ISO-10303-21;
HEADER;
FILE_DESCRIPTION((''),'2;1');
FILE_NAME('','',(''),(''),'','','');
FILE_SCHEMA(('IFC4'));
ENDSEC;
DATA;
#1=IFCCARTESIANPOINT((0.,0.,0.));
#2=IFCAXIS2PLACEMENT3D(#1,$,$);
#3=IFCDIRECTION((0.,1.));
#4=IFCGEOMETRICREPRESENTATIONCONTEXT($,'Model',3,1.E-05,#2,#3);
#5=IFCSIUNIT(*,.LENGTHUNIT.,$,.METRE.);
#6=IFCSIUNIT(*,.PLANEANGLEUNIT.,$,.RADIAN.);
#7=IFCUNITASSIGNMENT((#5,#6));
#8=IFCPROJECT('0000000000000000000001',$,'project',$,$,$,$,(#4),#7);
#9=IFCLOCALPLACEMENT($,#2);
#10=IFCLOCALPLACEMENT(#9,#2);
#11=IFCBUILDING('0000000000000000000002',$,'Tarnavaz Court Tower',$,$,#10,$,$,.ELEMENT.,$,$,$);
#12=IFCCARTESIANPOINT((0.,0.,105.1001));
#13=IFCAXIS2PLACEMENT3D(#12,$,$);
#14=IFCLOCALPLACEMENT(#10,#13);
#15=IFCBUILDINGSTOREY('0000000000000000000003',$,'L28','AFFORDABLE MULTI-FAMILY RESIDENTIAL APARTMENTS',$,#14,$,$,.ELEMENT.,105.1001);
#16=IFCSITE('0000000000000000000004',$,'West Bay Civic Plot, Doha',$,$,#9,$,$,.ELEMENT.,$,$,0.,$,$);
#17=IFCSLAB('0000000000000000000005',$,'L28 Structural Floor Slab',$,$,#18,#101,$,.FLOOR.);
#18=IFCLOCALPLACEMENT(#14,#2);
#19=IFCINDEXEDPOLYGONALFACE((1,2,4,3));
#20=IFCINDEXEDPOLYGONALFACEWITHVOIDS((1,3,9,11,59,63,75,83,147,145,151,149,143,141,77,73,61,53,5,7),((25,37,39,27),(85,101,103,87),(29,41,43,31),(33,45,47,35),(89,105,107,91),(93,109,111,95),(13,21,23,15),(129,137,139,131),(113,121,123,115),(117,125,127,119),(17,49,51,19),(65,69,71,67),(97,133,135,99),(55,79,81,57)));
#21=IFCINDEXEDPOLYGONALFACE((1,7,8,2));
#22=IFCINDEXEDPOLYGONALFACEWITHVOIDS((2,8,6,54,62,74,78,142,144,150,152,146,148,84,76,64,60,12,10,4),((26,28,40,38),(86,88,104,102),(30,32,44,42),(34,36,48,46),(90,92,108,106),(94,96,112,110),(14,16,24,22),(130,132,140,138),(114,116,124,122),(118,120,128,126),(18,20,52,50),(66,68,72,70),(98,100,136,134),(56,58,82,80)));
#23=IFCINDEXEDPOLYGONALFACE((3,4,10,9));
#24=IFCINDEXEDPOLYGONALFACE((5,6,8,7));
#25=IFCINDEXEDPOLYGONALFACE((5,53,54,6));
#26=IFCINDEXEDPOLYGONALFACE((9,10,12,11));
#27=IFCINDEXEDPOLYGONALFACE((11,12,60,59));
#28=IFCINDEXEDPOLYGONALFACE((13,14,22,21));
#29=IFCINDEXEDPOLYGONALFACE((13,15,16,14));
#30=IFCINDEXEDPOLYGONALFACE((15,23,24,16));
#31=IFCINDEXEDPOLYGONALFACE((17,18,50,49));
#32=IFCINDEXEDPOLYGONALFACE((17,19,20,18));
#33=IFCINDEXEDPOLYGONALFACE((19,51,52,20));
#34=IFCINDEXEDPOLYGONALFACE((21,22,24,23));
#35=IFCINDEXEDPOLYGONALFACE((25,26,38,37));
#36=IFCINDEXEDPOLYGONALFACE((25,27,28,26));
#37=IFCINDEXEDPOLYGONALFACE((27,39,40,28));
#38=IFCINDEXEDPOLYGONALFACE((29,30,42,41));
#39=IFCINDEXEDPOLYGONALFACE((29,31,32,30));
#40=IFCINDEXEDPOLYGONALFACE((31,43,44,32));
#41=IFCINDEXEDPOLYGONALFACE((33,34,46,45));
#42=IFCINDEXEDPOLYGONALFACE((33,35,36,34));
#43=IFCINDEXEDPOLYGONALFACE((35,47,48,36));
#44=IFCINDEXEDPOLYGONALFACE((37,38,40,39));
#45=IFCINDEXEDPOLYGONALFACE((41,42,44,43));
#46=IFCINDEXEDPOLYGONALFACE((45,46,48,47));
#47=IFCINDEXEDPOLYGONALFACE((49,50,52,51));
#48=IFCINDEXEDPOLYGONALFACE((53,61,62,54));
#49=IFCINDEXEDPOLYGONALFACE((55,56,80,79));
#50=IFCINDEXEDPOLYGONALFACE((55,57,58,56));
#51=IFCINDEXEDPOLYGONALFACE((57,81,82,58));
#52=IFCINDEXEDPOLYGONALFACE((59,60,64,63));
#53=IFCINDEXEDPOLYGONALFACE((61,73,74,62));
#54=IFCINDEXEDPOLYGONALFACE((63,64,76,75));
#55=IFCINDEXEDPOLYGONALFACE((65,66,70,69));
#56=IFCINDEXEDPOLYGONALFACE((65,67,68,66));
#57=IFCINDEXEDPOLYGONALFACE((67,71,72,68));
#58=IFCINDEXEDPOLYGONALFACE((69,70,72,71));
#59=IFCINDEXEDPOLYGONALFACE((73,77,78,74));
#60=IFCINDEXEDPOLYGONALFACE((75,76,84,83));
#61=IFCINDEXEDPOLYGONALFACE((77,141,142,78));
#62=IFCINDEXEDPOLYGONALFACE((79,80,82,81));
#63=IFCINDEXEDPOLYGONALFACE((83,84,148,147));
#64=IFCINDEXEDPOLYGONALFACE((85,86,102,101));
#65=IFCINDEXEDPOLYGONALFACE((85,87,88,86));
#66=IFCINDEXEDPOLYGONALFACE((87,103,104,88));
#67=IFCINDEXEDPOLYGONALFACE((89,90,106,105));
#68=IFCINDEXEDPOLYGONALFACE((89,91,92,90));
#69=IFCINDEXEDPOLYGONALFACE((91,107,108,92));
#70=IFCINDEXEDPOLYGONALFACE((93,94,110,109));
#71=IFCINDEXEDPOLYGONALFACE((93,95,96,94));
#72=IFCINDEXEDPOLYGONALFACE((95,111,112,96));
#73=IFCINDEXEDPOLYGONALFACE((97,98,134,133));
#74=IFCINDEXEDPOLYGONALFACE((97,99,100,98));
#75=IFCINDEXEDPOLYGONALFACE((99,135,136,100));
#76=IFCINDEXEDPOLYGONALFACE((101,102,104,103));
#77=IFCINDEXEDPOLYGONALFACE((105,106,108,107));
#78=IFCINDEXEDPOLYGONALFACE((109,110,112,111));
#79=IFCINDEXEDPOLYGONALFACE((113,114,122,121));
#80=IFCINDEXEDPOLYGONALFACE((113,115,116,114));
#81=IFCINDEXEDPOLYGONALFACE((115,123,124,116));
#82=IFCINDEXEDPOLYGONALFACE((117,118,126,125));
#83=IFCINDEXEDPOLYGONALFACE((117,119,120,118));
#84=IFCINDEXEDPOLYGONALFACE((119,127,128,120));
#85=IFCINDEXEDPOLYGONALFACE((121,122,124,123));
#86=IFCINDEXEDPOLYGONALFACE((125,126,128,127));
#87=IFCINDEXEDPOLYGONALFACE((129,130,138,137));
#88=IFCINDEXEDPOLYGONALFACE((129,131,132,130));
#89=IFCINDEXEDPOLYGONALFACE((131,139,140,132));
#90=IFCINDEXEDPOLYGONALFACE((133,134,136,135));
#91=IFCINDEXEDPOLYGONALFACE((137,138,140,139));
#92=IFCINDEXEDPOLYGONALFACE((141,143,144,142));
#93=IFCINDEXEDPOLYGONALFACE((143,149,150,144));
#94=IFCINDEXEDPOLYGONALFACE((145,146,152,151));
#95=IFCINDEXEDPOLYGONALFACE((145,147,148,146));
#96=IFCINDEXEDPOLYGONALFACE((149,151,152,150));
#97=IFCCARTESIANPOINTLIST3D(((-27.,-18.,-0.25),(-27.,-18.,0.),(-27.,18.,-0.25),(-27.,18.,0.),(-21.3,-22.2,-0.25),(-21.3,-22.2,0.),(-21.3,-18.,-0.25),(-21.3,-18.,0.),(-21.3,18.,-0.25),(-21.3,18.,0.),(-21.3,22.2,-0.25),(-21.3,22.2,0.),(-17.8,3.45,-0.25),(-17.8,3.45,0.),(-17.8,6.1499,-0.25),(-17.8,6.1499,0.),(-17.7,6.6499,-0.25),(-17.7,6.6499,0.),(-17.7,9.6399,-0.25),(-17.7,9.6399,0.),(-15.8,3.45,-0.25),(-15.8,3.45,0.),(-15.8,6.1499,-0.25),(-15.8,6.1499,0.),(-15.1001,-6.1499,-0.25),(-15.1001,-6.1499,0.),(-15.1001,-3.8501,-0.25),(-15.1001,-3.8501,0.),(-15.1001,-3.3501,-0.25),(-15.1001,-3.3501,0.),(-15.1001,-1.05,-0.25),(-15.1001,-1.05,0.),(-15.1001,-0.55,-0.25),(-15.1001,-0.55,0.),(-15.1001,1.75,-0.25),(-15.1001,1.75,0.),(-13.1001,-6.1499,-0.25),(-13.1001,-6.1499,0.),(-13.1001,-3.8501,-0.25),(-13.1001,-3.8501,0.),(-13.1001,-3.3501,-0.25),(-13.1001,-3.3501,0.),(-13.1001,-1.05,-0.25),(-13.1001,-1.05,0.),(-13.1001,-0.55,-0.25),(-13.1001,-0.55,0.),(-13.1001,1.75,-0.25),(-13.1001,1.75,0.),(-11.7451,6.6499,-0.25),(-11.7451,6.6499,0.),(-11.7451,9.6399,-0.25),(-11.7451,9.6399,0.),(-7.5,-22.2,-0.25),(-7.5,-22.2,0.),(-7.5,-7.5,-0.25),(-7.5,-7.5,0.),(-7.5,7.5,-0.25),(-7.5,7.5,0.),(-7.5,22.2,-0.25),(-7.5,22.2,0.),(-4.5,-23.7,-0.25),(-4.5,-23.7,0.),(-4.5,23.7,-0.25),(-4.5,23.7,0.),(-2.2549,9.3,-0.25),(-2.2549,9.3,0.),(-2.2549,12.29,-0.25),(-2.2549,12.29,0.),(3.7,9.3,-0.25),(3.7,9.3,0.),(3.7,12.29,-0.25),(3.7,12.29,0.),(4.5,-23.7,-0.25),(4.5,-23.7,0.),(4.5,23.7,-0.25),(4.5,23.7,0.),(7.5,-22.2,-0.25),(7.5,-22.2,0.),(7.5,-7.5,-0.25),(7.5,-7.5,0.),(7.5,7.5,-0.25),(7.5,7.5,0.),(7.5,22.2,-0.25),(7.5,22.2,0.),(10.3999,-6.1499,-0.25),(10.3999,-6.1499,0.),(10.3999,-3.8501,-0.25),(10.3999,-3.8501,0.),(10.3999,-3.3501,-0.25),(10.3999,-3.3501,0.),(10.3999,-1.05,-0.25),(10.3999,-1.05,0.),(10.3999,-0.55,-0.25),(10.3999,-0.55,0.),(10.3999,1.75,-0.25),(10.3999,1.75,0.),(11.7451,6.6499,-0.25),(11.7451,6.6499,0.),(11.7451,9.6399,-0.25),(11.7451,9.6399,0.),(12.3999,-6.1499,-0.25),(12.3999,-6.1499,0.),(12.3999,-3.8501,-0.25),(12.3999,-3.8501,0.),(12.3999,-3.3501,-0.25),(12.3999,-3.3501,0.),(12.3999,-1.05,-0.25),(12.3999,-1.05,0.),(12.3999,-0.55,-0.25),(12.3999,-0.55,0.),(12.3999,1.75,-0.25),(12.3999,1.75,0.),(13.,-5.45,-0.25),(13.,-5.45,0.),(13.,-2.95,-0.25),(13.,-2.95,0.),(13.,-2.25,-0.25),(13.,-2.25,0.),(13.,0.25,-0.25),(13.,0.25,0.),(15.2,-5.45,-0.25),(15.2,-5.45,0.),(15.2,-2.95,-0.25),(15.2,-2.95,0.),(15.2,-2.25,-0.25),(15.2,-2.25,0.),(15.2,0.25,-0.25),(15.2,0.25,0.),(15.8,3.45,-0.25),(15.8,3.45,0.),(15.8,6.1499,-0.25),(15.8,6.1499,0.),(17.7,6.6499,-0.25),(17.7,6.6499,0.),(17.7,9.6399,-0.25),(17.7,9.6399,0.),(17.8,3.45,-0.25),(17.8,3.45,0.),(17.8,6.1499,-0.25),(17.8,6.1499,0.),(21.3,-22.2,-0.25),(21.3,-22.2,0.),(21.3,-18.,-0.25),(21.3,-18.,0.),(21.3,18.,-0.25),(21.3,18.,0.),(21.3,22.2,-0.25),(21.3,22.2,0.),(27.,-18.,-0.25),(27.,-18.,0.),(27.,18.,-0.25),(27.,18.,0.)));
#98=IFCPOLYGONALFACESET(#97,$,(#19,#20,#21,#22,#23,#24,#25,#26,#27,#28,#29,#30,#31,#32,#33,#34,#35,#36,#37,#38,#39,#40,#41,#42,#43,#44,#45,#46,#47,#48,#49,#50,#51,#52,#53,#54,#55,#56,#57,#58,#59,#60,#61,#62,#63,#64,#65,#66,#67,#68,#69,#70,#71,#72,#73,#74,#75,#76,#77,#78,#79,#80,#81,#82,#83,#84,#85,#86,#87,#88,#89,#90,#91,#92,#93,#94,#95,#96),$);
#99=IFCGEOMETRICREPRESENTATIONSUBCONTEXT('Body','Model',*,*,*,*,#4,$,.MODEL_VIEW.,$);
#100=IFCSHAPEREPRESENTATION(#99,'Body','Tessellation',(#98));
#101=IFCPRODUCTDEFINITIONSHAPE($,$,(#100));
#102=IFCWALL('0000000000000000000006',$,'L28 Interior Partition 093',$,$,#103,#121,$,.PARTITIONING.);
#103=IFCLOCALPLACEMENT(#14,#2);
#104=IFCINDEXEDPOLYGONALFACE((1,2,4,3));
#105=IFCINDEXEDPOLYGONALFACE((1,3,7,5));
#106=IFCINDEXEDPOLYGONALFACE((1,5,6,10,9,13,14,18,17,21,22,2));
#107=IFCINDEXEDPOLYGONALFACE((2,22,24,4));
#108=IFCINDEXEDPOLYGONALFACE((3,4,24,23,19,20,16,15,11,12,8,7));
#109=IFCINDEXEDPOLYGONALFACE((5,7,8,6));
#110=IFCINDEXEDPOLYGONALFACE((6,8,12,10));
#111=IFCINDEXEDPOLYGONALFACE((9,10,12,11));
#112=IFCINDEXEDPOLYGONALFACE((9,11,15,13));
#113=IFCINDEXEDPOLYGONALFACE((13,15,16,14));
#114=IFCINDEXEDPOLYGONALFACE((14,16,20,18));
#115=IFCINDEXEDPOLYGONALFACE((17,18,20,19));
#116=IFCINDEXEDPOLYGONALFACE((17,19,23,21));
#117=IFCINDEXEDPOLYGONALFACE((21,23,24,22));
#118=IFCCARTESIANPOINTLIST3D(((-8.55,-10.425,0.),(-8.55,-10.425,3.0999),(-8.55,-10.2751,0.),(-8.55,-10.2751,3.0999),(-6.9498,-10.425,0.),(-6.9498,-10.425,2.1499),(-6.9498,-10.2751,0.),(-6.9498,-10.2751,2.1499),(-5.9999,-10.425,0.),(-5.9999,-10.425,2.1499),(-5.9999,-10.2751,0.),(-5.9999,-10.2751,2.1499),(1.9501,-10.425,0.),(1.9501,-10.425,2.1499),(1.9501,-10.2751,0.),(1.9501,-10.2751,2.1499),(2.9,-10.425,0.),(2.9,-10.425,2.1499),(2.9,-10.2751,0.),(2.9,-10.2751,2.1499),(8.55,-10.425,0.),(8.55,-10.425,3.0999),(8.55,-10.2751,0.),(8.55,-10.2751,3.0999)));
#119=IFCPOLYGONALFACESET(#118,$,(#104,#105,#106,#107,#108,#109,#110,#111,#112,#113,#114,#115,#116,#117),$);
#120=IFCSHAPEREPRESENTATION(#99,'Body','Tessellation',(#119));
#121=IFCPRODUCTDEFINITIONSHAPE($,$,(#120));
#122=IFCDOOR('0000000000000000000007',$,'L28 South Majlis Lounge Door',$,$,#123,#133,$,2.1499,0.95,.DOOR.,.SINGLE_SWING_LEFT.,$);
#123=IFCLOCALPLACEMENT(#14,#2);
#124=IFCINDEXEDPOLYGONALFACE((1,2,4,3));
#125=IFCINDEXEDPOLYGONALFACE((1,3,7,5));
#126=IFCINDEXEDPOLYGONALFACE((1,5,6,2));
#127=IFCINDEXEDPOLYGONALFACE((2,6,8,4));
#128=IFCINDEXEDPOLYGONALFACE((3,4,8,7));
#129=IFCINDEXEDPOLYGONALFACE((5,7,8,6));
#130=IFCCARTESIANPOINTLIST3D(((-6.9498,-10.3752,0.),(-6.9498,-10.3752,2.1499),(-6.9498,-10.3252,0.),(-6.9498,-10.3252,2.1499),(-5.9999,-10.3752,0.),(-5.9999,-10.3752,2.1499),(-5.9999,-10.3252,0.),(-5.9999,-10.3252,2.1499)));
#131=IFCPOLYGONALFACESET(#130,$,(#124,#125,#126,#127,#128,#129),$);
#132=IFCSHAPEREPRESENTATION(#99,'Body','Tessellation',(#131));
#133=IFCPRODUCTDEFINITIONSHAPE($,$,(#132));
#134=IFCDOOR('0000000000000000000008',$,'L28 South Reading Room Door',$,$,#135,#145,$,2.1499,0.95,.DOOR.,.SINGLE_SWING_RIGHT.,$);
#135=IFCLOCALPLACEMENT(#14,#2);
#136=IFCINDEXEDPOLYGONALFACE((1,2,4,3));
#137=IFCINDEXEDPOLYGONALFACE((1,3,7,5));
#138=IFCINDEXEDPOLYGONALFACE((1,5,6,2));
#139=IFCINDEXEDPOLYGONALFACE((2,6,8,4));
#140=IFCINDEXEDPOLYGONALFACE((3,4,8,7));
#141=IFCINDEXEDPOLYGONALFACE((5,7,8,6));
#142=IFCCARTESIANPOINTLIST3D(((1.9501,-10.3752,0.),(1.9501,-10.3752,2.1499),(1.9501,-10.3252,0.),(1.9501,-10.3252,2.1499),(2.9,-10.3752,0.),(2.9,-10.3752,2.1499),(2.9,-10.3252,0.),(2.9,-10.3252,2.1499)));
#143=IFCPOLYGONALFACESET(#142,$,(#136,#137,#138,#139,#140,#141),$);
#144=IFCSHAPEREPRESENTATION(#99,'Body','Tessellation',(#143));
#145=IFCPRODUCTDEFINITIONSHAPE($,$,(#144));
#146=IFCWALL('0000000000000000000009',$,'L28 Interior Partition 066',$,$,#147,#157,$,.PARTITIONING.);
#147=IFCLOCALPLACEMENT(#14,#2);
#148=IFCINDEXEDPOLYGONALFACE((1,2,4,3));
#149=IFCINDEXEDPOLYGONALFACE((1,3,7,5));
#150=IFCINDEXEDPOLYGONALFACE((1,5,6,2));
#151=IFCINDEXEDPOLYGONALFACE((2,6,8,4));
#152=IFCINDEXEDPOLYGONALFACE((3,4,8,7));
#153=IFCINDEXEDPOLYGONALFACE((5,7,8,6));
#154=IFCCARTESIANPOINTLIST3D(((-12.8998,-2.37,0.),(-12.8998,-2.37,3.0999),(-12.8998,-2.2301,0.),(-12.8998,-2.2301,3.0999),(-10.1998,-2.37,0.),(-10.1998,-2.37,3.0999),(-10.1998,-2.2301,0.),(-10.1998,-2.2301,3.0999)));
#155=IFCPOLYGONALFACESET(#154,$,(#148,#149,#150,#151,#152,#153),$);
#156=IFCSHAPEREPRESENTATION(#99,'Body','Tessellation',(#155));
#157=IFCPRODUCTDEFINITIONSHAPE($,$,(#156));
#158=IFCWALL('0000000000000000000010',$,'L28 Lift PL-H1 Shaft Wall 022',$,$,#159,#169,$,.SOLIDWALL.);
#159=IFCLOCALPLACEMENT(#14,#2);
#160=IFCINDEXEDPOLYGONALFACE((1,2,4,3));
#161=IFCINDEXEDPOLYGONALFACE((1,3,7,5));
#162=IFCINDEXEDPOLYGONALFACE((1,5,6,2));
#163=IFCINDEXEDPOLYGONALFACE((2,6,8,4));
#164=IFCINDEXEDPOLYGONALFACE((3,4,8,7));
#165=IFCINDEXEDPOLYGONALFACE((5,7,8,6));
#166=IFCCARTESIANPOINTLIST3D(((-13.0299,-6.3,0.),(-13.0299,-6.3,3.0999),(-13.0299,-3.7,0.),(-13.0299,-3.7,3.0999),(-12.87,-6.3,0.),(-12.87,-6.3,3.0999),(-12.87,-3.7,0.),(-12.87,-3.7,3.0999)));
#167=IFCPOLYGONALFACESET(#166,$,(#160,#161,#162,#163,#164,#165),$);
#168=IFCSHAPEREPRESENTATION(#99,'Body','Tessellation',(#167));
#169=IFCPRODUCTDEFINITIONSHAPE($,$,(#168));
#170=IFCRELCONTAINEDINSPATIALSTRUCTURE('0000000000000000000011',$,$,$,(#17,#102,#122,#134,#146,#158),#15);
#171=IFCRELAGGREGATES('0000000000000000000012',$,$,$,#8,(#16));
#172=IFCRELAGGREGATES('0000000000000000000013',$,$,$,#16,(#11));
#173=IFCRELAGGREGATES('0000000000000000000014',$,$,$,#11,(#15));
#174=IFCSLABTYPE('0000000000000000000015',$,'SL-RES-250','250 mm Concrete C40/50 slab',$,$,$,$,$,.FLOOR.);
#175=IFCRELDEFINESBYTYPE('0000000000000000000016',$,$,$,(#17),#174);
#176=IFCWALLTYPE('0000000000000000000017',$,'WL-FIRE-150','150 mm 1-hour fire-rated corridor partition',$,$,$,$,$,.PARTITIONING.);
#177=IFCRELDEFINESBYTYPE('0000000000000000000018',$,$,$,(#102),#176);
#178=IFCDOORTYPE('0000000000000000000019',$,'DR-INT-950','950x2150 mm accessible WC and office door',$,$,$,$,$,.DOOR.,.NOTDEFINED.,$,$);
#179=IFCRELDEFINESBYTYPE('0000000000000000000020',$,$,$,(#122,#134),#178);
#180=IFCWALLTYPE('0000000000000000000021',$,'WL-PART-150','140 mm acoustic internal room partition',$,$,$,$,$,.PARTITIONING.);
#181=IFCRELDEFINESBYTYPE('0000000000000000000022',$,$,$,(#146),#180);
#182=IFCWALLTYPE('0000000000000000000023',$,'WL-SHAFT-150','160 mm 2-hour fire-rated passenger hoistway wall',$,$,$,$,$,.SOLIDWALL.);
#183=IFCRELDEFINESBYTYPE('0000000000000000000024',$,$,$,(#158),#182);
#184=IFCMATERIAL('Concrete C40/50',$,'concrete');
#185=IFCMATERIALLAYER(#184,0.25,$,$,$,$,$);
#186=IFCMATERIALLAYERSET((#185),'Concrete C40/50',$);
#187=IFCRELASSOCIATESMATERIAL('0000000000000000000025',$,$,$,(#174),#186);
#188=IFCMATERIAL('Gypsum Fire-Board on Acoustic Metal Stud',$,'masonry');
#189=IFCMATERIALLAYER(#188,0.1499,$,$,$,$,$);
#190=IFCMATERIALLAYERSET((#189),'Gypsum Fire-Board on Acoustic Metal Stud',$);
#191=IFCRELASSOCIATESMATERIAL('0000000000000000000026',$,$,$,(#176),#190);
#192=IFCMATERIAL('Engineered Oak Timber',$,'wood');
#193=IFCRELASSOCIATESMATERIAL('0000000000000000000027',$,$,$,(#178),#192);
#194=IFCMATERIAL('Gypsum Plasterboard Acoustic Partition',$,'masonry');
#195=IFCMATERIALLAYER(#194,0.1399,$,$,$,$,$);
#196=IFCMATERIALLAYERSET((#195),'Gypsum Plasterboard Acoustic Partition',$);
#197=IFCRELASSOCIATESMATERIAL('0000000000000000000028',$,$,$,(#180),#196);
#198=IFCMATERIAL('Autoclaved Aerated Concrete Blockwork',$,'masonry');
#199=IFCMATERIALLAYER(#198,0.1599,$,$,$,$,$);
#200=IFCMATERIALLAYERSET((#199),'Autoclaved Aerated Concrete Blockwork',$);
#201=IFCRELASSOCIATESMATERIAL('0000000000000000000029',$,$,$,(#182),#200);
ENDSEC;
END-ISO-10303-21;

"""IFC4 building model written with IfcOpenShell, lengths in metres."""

from ifc_helpers import new_model, si_unit, direction, frame, frame_2d, origin, place, context, subcontext, project, spatial, polyline, rectangle, outline, extrude, material, layer, layer_set, type_object, element, fill, save


model = new_model("IFC4")

# Units and contexts
model_context = context("Model", 3, precision=1e-05, world=origin(), true_north=direction((0.0, 1.0)))
body_context = subcontext(model_context, "Body", "Model", "MODEL_VIEW")
ifc_project = project(units=[si_unit("LENGTHUNIT", "METRE"), si_unit("PLANEANGLEUNIT", "RADIAN")], contexts=[model_context])

# Site, building, storey
site_placement = place(None, origin())
site = spatial("IfcSite", under=ifc_project, at=site_placement, Name="West Bay Civic Plot, Doha", CompositionType="ELEMENT", RefElevation=0.0)
building_placement = place(site_placement, origin())
building = spatial("IfcBuilding", under=site, at=building_placement, Name="Tarnavaz Court Tower", CompositionType="ELEMENT")
storey_placement = place(building_placement, frame((0.0, 0.0, 105.1001)))
storey = spatial("IfcBuildingStorey", under=building, at=storey_placement, Name="L28", Description="AFFORDABLE MULTI-FAMILY RESIDENTIAL APARTMENTS", CompositionType="ELEMENT", Elevation=105.1001)

# Slab
ifc_material_1 = material(Name="Concrete C40/50", Category="concrete")
ifc_layer_1 = layer(ifc_material_1, 0.25)
ifc_layer_set_1 = layer_set([ifc_layer_1], Name="Concrete C40/50")
slab_type = type_object("IfcSlabType", Name="SL-RES-250", Description="250 mm Concrete C40/50 slab", PredefinedType="FLOOR", material=ifc_layer_set_1)
slab_placement = place(storey_placement, frame((0.0, 0.0, -0.25)))
element("IfcSlab", 1, at=slab_placement, inside=storey, type_object=slab_type, Name="L28 Structural Floor Slab", PredefinedType="FLOOR", context=body_context, shape_type="SweptSolid", body=[
    extrude(outline(polyline([(-21.3, -22.2), (-7.5, -22.2), (-4.5, -23.7), (4.5, -23.7), (7.5, -22.2), (21.3, -22.2), (21.3, -18.0), (27.0, -18.0), (27.0, 18.0), (21.3, 18.0), (21.3, 22.2), (7.5, 22.2), (4.5, 23.7), (-4.5, 23.7), (-7.5, 22.2), (-21.3, 22.2), (-21.3, 18.0), (-27.0, 18.0), (-27.0, -18.0), (-21.3, -18.0), (-21.3, -22.2)]), holes=[polyline([(-7.5, -7.5), (7.5, -7.5), (7.5, 7.5), (-7.5, 7.5), (-7.5, -7.5)]), polyline([(-11.7451, 9.6399), (-17.7, 9.6399), (-17.7, 6.6499), (-11.7451, 6.6499), (-11.7451, 9.6399)]), polyline([(11.7451, 6.6499), (17.7, 6.6499), (17.7, 9.6399), (11.7451, 9.6399), (11.7451, 6.6499)]), polyline([(-2.2549, 9.3), (3.7, 9.3), (3.7, 12.29), (-2.2549, 12.29), (-2.2549, 9.3)]), polyline([(-17.8, 3.45), (-15.8, 3.45), (-15.8, 6.1499), (-17.8, 6.1499), (-17.8, 3.45)]), polyline([(-15.1001, -6.1499), (-13.1001, -6.1499), (-13.1001, -3.8501), (-15.1001, -3.8501), (-15.1001, -6.1499)]), polyline([(-15.1001, -3.3501), (-13.1001, -3.3501), (-13.1001, -1.05), (-15.1001, -1.05), (-15.1001, -3.3501)]), polyline([(-15.1001, -0.55), (-13.1001, -0.55), (-13.1001, 1.75), (-15.1001, 1.75), (-15.1001, -0.55)]), polyline([(15.8, 3.45), (17.8, 3.45), (17.8, 6.1499), (15.8, 6.1499), (15.8, 3.45)]), polyline([(10.3999, -6.1499), (12.3999, -6.1499), (12.3999, -3.8501), (10.3999, -3.8501), (10.3999, -6.1499)]), polyline([(10.3999, -3.3501), (12.3999, -3.3501), (12.3999, -1.05), (10.3999, -1.05), (10.3999, -3.3501)]), polyline([(10.3999, -0.55), (12.3999, -0.55), (12.3999, 1.75), (10.3999, 1.75), (10.3999, -0.55)]), polyline([(13.0, -5.45), (15.2, -5.45), (15.2, -2.95), (13.0, -2.95), (13.0, -5.45)]), polyline([(13.0, -2.25), (15.2, -2.25), (15.2, 0.25), (13.0, 0.25), (13.0, -2.25)])]), origin(), (0.0, 0.0, 1.0), 0.25),
])

# Wall, openings, doors
ifc_material_2 = material(Name="Gypsum Fire-Board on Acoustic Metal Stud", Category="masonry")
ifc_layer_2 = layer(ifc_material_2, 0.1499)
ifc_layer_set_2 = layer_set([ifc_layer_2], Name="Gypsum Fire-Board on Acoustic Metal Stud")
wall_type_1 = type_object("IfcWallType", Name="WL-FIRE-150", Description="150 mm 1-hour fire-rated corridor partition", PredefinedType="PARTITIONING", material=ifc_layer_set_2)
wall_1_placement = place(storey_placement, frame((-8.55, -10.3501, 0.0), z_axis=(0.0, 0.0, 1.0), x_axis=(1.0, 0.0, 0.0)))
wall_1 = element("IfcWall", 2, at=wall_1_placement, inside=storey, type_object=wall_type_1, Name="L28 Interior Partition 093", PredefinedType="PARTITIONING", context=body_context, shape_type="SweptSolid", body=[
    extrude(rectangle(XDim=17.1001, YDim=0.1499, at=frame_2d((8.55, 0.0))), origin(), (0.0, 0.0, 1.0), 3.0999),
])
opening_1_placement = place(wall_1_placement, frame((1.6001, 0.0, 0.0)))
opening_1 = element("IfcOpeningElement", 3, at=opening_1_placement, cuts=wall_1, PredefinedType="OPENING", context=body_context, shape_type="SweptSolid", body=[
    extrude(rectangle(XDim=0.95, YDim=2.1499, at=frame_2d((0.4751, 1.075))), frame((0.0, 0.085, 0.0), z_axis=(0.0, -1.0, 0.0), x_axis=(1.0, 0.0, 0.0)), (0.0, 0.0, 1.0), 0.1699),
])
opening_2_placement = place(wall_1_placement, frame((10.5, 0.0, 0.0)))
opening_2 = element("IfcOpeningElement", 4, at=opening_2_placement, cuts=wall_1, PredefinedType="OPENING", context=body_context, shape_type="SweptSolid", body=[
    extrude(rectangle(XDim=0.95, YDim=2.1499, at=frame_2d((0.4751, 1.075))), frame((0.0, 0.085, 0.0), z_axis=(0.0, -1.0, 0.0), x_axis=(1.0, 0.0, 0.0)), (0.0, 0.0, 1.0), 0.1699),
])
ifc_material_3 = material(Name="Engineered Oak Timber", Category="wood")
door_type_1 = type_object("IfcDoorType", Name="DR-INT-950", Description="950x2150 mm accessible WC and office door", OperationType="NOTDEFINED", PredefinedType="DOOR", material=ifc_material_3)
door_1_placement = place(opening_1_placement, origin())
door_1 = element("IfcDoor", 5, at=door_1_placement, inside=storey, type_object=door_type_1, Name="L28 South Majlis Lounge Door", OperationType="SINGLE_SWING_LEFT", OverallHeight=2.1499, OverallWidth=0.95, PredefinedType="DOOR", context=body_context, shape_type="SweptSolid", body=[
    extrude(rectangle(XDim=0.95, YDim=2.1499, at=frame_2d((0.4751, 1.075))), frame((0.0, 0.0249, 0.0), z_axis=(0.0, -1.0, 0.0), x_axis=(1.0, 0.0, 0.0)), (0.0, 0.0, 1.0), 0.05),
])
fill(opening_1, door_1)
door_2_placement = place(opening_2_placement, origin())
door_2 = element("IfcDoor", 6, at=door_2_placement, inside=storey, type_object=door_type_1, Name="L28 South Reading Room Door", OperationType="SINGLE_SWING_RIGHT", OverallHeight=2.1499, OverallWidth=0.95, PredefinedType="DOOR", context=body_context, shape_type="SweptSolid", body=[
    extrude(rectangle(XDim=0.95, YDim=2.1499, at=frame_2d((0.4751, 1.075))), frame((0.0, 0.0249, 0.0), z_axis=(0.0, -1.0, 0.0), x_axis=(1.0, 0.0, 0.0)), (0.0, 0.0, 1.0), 0.05),
])
fill(opening_2, door_2)
ifc_material_4 = material(Name="Gypsum Plasterboard Acoustic Partition", Category="masonry")
ifc_layer_3 = layer(ifc_material_4, 0.1399)
ifc_layer_set_3 = layer_set([ifc_layer_3], Name="Gypsum Plasterboard Acoustic Partition")
wall_type_2 = type_object("IfcWallType", Name="WL-PART-150", Description="140 mm acoustic internal room partition", PredefinedType="PARTITIONING", material=ifc_layer_set_3)

# Walls
wall_2_placement = place(storey_placement, frame((-12.8999, -2.3, 0.0), z_axis=(0.0, 0.0, 1.0), x_axis=(1.0, 0.0, 0.0)))
element("IfcWall", 7, at=wall_2_placement, inside=storey, type_object=wall_type_2, Name="L28 Interior Partition 066", PredefinedType="PARTITIONING", context=body_context, shape_type="SweptSolid", body=[
    extrude(rectangle(XDim=2.7, YDim=0.1399, at=frame_2d((1.3501, 0.0))), origin(), (0.0, 0.0, 1.0), 3.0999),
])
ifc_material_5 = material(Name="Autoclaved Aerated Concrete Blockwork", Category="masonry")
ifc_layer_4 = layer(ifc_material_5, 0.1599)
ifc_layer_set_4 = layer_set([ifc_layer_4], Name="Autoclaved Aerated Concrete Blockwork")
wall_type_3 = type_object("IfcWallType", Name="WL-SHAFT-150", Description="160 mm 2-hour fire-rated passenger hoistway wall", PredefinedType="SOLIDWALL", material=ifc_layer_set_4)
for number, where, z_axis, x_axis, name in (
    (8, (-12.95, -6.3, 0.0), (0.0, 0.0, 1.0), (0.0, 1.0, 0.0), "L28 Lift PL-H1 Shaft Wall 022"),
):
    element("IfcWall", number, at=place(storey_placement, frame(where, z_axis=z_axis, x_axis=x_axis)), inside=storey, type_object=wall_type_3, Name=name, PredefinedType="SOLIDWALL", context=body_context, shape_type="SweptSolid", body=[
        extrude(rectangle(XDim=2.6001, YDim=0.1599, at=frame_2d((1.3, 0.0))), origin(), (0.0, 0.0, 1.0), 3.0999),
    ])

save(model, "model.ifc")
